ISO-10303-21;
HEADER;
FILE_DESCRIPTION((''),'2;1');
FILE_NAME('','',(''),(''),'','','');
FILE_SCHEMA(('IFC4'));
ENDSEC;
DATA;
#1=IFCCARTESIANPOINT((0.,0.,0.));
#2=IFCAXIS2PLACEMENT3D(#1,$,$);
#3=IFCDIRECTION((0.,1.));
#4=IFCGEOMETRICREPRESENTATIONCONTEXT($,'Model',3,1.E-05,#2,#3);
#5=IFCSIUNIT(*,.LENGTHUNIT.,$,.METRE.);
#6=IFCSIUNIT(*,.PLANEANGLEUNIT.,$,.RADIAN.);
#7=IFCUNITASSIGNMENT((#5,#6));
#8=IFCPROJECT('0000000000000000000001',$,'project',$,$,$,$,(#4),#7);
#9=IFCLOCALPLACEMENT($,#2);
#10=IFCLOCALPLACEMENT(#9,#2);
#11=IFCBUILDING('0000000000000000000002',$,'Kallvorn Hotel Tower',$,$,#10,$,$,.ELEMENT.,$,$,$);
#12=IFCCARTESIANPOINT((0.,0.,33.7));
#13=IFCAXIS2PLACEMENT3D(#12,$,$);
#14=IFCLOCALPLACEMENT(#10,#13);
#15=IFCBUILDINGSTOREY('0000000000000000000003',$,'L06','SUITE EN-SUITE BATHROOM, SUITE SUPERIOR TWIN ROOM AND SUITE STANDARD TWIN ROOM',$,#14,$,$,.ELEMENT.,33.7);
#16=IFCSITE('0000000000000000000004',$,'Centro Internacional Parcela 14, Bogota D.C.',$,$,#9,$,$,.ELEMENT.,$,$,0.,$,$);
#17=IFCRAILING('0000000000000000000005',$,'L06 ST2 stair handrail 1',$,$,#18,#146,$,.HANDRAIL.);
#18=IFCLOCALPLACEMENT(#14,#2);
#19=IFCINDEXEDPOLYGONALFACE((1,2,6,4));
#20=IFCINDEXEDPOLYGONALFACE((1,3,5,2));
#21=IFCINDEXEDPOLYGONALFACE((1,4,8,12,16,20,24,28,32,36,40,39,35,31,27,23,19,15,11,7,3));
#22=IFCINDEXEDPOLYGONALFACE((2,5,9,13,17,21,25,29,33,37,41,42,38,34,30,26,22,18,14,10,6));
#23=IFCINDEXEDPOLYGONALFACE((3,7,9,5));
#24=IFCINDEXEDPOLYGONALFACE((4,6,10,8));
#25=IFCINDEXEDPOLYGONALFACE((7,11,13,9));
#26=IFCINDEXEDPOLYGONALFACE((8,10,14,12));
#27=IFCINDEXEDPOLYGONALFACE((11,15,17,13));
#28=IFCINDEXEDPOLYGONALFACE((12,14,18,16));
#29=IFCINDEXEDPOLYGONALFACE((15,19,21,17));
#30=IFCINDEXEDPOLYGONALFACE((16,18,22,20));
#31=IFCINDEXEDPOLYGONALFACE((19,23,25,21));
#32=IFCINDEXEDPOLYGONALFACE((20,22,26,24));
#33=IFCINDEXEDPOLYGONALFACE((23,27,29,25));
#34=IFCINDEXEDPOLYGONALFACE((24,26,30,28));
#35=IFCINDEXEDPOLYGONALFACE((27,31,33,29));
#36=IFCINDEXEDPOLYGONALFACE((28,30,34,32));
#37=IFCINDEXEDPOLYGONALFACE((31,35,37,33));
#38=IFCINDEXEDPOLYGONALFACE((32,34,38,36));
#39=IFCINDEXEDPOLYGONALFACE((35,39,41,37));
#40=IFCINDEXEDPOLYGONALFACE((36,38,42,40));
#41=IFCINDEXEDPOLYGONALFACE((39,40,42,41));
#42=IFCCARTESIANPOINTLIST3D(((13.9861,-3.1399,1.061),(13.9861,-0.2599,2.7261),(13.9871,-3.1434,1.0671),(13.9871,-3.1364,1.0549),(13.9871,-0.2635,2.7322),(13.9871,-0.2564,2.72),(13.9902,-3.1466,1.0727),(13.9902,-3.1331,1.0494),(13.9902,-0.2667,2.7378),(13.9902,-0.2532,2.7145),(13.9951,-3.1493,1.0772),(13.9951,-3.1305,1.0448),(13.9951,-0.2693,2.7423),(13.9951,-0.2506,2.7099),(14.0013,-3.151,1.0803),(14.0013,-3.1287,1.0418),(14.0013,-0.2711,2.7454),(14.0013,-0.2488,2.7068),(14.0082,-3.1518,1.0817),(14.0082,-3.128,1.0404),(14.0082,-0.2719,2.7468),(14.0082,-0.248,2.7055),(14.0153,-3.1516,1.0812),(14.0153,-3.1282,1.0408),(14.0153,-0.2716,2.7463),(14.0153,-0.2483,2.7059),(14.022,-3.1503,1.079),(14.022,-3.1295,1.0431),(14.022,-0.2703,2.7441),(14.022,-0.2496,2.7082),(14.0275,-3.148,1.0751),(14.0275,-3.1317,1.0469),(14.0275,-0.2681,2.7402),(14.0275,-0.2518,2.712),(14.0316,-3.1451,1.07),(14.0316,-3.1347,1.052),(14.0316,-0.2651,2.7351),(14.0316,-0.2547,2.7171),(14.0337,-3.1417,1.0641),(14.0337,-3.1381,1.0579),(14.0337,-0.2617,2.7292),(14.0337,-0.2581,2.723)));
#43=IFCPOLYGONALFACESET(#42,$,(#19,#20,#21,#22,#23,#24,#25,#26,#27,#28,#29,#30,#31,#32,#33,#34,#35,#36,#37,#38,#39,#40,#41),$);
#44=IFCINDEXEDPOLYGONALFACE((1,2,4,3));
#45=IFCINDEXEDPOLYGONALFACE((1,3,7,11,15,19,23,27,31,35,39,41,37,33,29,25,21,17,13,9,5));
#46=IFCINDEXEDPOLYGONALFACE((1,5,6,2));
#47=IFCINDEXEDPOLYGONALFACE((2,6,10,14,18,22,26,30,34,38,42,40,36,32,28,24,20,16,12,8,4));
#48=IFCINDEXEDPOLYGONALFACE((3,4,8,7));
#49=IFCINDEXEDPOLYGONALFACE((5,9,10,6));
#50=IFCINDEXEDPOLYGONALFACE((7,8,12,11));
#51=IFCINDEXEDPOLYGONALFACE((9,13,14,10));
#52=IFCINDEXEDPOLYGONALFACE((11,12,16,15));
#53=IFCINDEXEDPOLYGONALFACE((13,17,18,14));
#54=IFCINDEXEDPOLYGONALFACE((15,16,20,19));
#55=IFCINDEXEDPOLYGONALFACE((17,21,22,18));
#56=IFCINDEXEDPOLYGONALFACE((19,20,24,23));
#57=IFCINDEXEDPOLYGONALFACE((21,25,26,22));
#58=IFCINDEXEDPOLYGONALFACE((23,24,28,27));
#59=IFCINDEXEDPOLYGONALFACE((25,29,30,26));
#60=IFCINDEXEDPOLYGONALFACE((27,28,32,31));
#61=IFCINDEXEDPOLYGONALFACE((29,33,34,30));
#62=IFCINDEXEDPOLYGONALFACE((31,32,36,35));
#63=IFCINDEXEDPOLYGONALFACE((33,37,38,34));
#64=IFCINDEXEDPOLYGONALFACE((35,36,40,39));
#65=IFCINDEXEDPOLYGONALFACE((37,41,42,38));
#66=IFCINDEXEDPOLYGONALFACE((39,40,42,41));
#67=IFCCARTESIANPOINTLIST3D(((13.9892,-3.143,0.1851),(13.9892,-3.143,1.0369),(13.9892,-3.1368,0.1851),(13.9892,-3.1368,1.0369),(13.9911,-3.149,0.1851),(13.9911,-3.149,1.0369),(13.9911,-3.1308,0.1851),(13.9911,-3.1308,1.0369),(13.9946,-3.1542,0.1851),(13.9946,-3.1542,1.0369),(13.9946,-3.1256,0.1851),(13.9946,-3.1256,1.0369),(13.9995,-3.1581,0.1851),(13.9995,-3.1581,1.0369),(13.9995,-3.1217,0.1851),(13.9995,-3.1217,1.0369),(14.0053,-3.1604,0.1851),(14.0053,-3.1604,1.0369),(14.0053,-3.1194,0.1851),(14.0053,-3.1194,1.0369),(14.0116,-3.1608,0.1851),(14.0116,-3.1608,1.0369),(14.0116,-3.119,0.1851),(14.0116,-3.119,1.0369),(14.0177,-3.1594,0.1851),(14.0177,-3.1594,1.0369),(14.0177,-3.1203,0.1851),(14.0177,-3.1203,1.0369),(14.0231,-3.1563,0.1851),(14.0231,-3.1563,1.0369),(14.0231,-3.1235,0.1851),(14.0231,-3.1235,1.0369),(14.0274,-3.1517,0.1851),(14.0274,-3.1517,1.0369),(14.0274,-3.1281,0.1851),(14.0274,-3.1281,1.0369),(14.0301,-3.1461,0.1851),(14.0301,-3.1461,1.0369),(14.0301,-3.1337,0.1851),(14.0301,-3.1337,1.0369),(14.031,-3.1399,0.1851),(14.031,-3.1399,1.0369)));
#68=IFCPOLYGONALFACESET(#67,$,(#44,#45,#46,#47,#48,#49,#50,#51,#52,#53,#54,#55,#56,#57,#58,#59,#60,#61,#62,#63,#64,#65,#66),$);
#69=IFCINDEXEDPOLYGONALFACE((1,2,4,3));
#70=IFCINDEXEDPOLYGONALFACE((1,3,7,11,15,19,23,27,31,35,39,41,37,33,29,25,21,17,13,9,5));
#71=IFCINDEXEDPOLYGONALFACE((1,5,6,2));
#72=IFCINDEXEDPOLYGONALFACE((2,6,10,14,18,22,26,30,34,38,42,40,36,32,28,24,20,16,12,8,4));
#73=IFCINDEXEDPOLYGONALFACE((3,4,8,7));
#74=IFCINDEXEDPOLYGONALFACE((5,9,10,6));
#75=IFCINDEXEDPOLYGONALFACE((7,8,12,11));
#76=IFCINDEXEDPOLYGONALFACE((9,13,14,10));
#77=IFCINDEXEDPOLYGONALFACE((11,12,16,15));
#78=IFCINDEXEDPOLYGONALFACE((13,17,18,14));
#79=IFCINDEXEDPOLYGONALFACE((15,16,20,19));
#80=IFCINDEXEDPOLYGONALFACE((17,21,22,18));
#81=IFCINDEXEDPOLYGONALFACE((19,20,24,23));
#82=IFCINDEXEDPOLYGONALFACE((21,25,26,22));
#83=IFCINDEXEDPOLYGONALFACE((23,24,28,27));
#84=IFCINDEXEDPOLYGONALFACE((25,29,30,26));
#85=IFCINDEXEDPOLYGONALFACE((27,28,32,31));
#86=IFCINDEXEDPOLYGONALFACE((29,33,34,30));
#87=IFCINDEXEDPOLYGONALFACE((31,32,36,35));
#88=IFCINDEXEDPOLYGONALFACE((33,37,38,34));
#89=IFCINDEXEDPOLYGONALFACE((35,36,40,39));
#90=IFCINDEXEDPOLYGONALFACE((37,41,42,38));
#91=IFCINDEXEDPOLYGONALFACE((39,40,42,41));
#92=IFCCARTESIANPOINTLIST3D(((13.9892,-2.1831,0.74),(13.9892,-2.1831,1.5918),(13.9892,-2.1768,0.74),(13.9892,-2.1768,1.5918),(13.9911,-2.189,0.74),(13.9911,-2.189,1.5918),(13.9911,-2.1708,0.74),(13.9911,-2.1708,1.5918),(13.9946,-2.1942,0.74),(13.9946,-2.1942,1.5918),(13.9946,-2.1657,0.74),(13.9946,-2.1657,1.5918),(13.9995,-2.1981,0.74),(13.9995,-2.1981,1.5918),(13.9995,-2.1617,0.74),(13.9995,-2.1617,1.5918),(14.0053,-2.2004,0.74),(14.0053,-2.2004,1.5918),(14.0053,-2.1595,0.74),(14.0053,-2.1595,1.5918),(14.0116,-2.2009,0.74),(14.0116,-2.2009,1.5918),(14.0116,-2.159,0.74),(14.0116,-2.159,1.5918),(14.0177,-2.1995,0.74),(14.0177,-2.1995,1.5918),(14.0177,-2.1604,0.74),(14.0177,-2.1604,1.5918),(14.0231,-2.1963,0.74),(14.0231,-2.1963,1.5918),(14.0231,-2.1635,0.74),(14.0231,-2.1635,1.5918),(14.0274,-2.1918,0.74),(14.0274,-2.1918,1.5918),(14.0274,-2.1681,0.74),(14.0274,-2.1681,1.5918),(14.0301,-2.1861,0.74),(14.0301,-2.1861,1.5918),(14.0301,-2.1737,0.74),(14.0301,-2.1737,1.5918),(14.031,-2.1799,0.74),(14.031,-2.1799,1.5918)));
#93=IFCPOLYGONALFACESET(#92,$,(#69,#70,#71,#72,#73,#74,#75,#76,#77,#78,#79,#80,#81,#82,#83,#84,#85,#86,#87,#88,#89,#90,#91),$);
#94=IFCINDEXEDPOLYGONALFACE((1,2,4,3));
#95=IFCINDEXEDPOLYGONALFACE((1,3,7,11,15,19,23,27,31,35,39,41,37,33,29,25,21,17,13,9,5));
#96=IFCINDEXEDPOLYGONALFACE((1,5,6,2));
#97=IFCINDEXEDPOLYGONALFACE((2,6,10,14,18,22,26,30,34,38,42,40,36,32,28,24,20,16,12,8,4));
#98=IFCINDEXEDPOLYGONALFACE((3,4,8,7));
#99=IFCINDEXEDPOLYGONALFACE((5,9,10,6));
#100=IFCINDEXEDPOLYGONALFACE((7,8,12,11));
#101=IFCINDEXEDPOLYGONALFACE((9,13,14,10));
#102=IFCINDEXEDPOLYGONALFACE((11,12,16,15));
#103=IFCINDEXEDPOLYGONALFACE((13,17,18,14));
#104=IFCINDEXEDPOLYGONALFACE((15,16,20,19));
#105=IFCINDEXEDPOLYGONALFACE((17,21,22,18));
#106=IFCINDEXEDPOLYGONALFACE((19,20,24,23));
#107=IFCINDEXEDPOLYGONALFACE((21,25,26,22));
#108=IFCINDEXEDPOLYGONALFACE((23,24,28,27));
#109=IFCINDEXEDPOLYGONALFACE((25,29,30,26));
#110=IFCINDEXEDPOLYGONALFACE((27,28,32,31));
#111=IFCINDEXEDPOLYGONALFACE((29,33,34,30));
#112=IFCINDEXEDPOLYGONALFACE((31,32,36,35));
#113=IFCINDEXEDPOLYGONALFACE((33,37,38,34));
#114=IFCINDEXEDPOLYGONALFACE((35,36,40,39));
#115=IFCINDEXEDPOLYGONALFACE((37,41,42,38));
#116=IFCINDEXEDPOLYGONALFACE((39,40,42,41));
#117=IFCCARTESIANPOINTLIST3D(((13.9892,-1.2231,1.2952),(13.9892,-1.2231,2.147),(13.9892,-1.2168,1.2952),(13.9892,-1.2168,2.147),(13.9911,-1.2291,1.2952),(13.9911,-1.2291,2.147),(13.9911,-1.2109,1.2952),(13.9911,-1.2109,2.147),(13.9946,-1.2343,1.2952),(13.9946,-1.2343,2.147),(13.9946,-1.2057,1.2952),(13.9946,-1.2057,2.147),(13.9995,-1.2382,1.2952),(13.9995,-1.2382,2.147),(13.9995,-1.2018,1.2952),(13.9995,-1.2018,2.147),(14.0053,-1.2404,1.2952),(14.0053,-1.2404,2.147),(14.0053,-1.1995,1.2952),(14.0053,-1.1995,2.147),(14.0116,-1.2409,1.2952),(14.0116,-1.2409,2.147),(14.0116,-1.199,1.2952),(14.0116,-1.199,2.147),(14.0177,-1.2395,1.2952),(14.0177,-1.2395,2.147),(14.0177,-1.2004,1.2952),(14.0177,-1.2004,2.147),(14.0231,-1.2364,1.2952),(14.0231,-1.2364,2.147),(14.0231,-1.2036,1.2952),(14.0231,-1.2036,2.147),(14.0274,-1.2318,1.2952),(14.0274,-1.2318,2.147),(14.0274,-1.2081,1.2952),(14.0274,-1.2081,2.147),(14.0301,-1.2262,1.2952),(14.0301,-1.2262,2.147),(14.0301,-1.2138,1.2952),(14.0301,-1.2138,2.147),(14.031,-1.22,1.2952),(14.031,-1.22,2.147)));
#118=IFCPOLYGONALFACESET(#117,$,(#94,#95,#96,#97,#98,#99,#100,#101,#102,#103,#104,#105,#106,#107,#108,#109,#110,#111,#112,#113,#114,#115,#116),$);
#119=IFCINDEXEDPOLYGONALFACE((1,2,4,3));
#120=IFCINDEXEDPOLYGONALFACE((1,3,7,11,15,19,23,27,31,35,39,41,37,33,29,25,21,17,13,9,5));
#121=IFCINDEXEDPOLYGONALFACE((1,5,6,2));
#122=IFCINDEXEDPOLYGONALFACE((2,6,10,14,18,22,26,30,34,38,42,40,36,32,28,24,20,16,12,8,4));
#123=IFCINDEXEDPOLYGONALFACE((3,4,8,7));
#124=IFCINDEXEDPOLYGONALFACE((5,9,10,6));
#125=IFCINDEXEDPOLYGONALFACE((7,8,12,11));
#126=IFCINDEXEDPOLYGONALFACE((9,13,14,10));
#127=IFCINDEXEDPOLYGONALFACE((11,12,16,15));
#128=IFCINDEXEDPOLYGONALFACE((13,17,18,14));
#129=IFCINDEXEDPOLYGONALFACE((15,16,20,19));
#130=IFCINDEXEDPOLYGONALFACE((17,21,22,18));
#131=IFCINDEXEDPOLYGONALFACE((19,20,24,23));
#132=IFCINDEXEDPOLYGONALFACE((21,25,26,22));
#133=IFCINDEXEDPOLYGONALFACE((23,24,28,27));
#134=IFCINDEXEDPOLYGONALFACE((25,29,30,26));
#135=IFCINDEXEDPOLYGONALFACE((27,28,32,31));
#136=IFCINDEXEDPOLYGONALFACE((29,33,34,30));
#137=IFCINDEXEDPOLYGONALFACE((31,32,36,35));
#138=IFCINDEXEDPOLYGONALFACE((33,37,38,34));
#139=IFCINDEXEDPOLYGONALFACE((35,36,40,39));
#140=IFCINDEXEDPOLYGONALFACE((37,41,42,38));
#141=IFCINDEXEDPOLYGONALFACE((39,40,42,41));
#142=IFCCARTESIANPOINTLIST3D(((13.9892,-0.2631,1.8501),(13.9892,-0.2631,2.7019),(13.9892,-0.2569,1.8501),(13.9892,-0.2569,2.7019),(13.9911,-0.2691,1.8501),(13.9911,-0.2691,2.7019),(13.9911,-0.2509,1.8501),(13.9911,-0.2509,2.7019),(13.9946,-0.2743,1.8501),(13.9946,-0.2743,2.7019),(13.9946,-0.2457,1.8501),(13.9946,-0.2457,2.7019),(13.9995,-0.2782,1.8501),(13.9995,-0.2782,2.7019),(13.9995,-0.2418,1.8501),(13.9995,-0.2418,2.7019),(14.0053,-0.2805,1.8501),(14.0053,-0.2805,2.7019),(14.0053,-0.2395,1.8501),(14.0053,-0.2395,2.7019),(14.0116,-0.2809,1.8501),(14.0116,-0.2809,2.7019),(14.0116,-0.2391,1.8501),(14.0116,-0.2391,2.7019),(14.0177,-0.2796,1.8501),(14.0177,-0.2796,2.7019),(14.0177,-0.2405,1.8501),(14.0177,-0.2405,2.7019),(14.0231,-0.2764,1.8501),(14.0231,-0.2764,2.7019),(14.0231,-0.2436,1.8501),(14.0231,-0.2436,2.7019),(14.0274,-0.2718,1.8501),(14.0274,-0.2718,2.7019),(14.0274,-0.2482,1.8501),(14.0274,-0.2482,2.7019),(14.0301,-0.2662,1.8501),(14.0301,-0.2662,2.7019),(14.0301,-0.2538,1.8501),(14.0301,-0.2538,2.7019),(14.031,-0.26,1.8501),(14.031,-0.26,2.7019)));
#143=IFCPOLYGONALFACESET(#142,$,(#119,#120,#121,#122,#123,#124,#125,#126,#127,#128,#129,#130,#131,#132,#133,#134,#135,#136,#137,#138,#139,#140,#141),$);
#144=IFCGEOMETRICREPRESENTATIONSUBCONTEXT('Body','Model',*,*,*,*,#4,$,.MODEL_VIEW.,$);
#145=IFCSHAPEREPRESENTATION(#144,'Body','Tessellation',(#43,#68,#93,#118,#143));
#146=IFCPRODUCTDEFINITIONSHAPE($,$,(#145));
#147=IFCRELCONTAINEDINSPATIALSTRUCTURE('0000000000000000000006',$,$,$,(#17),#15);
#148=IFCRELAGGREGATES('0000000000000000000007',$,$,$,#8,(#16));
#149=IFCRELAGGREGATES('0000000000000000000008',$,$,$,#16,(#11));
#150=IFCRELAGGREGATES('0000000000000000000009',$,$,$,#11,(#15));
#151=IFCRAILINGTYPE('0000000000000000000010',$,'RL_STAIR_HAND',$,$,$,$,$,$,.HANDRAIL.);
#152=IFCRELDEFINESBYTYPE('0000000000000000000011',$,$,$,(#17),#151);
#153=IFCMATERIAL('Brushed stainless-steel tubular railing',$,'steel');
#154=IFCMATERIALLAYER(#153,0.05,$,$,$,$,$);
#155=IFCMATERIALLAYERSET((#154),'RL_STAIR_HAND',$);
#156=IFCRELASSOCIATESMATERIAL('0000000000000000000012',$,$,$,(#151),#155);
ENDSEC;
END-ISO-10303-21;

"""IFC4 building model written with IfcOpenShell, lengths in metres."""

from ifc_helpers import new_model, si_unit, direction, frame, origin, origin_2d, place, context, subcontext, project, spatial, circle, extrude, material, layer, layer_set, type_object, element, save


model = new_model("IFC4")

# Units and contexts
model_context = context("Model", 3, precision=1e-05, world=origin(), true_north=direction((0.0, 1.0)))
body_context = subcontext(model_context, "Body", "Model", "MODEL_VIEW")
ifc_project = project(units=[si_unit("LENGTHUNIT", "METRE"), si_unit("PLANEANGLEUNIT", "RADIAN")], contexts=[model_context])

# Site, building, storey
site_placement = place(None, origin())
site = spatial("IfcSite", under=ifc_project, at=site_placement, Name="Centro Internacional Parcela 14, Bogota D.C.", CompositionType="ELEMENT", RefElevation=0.0)
building_placement = place(site_placement, origin())
building = spatial("IfcBuilding", under=site, at=building_placement, Name="Kallvorn Hotel Tower", CompositionType="ELEMENT")
storey_placement = place(building_placement, frame((0.0, 0.0, 33.7)))
storey = spatial("IfcBuildingStorey", under=building, at=storey_placement, Name="L06", Description="SUITE EN-SUITE BATHROOM, SUITE SUPERIOR TWIN ROOM AND SUITE STANDARD TWIN ROOM", CompositionType="ELEMENT", Elevation=33.7)

# Railing
ifc_material_1 = material(Name="Brushed stainless-steel tubular railing", Category="steel")
ifc_layer_1 = layer(ifc_material_1, 0.05)
ifc_layer_set_1 = layer_set([ifc_layer_1], Name="RL_STAIR_HAND")
railing_type_1 = type_object("IfcRailingType", Name="RL_STAIR_HAND", PredefinedType="HANDRAIL", material=ifc_layer_set_1)
railing_1_placement = place(storey_placement, frame((14.01, -3.1399, 0.1851)))
element("IfcRailing", 1, at=railing_1_placement, inside=storey, type_object=railing_type_1, Name="L06 ST2 stair handrail 1", PredefinedType="HANDRAIL", context=body_context, shape_type="SweptSolid", body=[
    extrude(circle(Radius=0.0239, at=origin_2d()), frame((0.0, 0.0, 0.876), z_axis=(0.0, 0.865721, 0.500527), x_axis=(-1.0, 0.0, 0.0)), (0.0, 0.0, 1.0), 3.3267),
    extrude(circle(Radius=0.021, at=origin_2d()), origin(), (0.0, 0.0, 1.0), 0.8518),
    extrude(circle(Radius=0.021, at=origin_2d()), frame((0.0, 0.96, 0.5549)), (0.0, 0.0, 1.0), 0.8518),
    extrude(circle(Radius=0.021, at=origin_2d()), frame((0.0, 1.9199, 1.1101)), (0.0, 0.0, 1.0), 0.8518),
    extrude(circle(Radius=0.021, at=origin_2d()), frame((0.0, 2.8799, 1.665)), (0.0, 0.0, 1.0), 0.8518),
])

save(model, "model.ifc")
